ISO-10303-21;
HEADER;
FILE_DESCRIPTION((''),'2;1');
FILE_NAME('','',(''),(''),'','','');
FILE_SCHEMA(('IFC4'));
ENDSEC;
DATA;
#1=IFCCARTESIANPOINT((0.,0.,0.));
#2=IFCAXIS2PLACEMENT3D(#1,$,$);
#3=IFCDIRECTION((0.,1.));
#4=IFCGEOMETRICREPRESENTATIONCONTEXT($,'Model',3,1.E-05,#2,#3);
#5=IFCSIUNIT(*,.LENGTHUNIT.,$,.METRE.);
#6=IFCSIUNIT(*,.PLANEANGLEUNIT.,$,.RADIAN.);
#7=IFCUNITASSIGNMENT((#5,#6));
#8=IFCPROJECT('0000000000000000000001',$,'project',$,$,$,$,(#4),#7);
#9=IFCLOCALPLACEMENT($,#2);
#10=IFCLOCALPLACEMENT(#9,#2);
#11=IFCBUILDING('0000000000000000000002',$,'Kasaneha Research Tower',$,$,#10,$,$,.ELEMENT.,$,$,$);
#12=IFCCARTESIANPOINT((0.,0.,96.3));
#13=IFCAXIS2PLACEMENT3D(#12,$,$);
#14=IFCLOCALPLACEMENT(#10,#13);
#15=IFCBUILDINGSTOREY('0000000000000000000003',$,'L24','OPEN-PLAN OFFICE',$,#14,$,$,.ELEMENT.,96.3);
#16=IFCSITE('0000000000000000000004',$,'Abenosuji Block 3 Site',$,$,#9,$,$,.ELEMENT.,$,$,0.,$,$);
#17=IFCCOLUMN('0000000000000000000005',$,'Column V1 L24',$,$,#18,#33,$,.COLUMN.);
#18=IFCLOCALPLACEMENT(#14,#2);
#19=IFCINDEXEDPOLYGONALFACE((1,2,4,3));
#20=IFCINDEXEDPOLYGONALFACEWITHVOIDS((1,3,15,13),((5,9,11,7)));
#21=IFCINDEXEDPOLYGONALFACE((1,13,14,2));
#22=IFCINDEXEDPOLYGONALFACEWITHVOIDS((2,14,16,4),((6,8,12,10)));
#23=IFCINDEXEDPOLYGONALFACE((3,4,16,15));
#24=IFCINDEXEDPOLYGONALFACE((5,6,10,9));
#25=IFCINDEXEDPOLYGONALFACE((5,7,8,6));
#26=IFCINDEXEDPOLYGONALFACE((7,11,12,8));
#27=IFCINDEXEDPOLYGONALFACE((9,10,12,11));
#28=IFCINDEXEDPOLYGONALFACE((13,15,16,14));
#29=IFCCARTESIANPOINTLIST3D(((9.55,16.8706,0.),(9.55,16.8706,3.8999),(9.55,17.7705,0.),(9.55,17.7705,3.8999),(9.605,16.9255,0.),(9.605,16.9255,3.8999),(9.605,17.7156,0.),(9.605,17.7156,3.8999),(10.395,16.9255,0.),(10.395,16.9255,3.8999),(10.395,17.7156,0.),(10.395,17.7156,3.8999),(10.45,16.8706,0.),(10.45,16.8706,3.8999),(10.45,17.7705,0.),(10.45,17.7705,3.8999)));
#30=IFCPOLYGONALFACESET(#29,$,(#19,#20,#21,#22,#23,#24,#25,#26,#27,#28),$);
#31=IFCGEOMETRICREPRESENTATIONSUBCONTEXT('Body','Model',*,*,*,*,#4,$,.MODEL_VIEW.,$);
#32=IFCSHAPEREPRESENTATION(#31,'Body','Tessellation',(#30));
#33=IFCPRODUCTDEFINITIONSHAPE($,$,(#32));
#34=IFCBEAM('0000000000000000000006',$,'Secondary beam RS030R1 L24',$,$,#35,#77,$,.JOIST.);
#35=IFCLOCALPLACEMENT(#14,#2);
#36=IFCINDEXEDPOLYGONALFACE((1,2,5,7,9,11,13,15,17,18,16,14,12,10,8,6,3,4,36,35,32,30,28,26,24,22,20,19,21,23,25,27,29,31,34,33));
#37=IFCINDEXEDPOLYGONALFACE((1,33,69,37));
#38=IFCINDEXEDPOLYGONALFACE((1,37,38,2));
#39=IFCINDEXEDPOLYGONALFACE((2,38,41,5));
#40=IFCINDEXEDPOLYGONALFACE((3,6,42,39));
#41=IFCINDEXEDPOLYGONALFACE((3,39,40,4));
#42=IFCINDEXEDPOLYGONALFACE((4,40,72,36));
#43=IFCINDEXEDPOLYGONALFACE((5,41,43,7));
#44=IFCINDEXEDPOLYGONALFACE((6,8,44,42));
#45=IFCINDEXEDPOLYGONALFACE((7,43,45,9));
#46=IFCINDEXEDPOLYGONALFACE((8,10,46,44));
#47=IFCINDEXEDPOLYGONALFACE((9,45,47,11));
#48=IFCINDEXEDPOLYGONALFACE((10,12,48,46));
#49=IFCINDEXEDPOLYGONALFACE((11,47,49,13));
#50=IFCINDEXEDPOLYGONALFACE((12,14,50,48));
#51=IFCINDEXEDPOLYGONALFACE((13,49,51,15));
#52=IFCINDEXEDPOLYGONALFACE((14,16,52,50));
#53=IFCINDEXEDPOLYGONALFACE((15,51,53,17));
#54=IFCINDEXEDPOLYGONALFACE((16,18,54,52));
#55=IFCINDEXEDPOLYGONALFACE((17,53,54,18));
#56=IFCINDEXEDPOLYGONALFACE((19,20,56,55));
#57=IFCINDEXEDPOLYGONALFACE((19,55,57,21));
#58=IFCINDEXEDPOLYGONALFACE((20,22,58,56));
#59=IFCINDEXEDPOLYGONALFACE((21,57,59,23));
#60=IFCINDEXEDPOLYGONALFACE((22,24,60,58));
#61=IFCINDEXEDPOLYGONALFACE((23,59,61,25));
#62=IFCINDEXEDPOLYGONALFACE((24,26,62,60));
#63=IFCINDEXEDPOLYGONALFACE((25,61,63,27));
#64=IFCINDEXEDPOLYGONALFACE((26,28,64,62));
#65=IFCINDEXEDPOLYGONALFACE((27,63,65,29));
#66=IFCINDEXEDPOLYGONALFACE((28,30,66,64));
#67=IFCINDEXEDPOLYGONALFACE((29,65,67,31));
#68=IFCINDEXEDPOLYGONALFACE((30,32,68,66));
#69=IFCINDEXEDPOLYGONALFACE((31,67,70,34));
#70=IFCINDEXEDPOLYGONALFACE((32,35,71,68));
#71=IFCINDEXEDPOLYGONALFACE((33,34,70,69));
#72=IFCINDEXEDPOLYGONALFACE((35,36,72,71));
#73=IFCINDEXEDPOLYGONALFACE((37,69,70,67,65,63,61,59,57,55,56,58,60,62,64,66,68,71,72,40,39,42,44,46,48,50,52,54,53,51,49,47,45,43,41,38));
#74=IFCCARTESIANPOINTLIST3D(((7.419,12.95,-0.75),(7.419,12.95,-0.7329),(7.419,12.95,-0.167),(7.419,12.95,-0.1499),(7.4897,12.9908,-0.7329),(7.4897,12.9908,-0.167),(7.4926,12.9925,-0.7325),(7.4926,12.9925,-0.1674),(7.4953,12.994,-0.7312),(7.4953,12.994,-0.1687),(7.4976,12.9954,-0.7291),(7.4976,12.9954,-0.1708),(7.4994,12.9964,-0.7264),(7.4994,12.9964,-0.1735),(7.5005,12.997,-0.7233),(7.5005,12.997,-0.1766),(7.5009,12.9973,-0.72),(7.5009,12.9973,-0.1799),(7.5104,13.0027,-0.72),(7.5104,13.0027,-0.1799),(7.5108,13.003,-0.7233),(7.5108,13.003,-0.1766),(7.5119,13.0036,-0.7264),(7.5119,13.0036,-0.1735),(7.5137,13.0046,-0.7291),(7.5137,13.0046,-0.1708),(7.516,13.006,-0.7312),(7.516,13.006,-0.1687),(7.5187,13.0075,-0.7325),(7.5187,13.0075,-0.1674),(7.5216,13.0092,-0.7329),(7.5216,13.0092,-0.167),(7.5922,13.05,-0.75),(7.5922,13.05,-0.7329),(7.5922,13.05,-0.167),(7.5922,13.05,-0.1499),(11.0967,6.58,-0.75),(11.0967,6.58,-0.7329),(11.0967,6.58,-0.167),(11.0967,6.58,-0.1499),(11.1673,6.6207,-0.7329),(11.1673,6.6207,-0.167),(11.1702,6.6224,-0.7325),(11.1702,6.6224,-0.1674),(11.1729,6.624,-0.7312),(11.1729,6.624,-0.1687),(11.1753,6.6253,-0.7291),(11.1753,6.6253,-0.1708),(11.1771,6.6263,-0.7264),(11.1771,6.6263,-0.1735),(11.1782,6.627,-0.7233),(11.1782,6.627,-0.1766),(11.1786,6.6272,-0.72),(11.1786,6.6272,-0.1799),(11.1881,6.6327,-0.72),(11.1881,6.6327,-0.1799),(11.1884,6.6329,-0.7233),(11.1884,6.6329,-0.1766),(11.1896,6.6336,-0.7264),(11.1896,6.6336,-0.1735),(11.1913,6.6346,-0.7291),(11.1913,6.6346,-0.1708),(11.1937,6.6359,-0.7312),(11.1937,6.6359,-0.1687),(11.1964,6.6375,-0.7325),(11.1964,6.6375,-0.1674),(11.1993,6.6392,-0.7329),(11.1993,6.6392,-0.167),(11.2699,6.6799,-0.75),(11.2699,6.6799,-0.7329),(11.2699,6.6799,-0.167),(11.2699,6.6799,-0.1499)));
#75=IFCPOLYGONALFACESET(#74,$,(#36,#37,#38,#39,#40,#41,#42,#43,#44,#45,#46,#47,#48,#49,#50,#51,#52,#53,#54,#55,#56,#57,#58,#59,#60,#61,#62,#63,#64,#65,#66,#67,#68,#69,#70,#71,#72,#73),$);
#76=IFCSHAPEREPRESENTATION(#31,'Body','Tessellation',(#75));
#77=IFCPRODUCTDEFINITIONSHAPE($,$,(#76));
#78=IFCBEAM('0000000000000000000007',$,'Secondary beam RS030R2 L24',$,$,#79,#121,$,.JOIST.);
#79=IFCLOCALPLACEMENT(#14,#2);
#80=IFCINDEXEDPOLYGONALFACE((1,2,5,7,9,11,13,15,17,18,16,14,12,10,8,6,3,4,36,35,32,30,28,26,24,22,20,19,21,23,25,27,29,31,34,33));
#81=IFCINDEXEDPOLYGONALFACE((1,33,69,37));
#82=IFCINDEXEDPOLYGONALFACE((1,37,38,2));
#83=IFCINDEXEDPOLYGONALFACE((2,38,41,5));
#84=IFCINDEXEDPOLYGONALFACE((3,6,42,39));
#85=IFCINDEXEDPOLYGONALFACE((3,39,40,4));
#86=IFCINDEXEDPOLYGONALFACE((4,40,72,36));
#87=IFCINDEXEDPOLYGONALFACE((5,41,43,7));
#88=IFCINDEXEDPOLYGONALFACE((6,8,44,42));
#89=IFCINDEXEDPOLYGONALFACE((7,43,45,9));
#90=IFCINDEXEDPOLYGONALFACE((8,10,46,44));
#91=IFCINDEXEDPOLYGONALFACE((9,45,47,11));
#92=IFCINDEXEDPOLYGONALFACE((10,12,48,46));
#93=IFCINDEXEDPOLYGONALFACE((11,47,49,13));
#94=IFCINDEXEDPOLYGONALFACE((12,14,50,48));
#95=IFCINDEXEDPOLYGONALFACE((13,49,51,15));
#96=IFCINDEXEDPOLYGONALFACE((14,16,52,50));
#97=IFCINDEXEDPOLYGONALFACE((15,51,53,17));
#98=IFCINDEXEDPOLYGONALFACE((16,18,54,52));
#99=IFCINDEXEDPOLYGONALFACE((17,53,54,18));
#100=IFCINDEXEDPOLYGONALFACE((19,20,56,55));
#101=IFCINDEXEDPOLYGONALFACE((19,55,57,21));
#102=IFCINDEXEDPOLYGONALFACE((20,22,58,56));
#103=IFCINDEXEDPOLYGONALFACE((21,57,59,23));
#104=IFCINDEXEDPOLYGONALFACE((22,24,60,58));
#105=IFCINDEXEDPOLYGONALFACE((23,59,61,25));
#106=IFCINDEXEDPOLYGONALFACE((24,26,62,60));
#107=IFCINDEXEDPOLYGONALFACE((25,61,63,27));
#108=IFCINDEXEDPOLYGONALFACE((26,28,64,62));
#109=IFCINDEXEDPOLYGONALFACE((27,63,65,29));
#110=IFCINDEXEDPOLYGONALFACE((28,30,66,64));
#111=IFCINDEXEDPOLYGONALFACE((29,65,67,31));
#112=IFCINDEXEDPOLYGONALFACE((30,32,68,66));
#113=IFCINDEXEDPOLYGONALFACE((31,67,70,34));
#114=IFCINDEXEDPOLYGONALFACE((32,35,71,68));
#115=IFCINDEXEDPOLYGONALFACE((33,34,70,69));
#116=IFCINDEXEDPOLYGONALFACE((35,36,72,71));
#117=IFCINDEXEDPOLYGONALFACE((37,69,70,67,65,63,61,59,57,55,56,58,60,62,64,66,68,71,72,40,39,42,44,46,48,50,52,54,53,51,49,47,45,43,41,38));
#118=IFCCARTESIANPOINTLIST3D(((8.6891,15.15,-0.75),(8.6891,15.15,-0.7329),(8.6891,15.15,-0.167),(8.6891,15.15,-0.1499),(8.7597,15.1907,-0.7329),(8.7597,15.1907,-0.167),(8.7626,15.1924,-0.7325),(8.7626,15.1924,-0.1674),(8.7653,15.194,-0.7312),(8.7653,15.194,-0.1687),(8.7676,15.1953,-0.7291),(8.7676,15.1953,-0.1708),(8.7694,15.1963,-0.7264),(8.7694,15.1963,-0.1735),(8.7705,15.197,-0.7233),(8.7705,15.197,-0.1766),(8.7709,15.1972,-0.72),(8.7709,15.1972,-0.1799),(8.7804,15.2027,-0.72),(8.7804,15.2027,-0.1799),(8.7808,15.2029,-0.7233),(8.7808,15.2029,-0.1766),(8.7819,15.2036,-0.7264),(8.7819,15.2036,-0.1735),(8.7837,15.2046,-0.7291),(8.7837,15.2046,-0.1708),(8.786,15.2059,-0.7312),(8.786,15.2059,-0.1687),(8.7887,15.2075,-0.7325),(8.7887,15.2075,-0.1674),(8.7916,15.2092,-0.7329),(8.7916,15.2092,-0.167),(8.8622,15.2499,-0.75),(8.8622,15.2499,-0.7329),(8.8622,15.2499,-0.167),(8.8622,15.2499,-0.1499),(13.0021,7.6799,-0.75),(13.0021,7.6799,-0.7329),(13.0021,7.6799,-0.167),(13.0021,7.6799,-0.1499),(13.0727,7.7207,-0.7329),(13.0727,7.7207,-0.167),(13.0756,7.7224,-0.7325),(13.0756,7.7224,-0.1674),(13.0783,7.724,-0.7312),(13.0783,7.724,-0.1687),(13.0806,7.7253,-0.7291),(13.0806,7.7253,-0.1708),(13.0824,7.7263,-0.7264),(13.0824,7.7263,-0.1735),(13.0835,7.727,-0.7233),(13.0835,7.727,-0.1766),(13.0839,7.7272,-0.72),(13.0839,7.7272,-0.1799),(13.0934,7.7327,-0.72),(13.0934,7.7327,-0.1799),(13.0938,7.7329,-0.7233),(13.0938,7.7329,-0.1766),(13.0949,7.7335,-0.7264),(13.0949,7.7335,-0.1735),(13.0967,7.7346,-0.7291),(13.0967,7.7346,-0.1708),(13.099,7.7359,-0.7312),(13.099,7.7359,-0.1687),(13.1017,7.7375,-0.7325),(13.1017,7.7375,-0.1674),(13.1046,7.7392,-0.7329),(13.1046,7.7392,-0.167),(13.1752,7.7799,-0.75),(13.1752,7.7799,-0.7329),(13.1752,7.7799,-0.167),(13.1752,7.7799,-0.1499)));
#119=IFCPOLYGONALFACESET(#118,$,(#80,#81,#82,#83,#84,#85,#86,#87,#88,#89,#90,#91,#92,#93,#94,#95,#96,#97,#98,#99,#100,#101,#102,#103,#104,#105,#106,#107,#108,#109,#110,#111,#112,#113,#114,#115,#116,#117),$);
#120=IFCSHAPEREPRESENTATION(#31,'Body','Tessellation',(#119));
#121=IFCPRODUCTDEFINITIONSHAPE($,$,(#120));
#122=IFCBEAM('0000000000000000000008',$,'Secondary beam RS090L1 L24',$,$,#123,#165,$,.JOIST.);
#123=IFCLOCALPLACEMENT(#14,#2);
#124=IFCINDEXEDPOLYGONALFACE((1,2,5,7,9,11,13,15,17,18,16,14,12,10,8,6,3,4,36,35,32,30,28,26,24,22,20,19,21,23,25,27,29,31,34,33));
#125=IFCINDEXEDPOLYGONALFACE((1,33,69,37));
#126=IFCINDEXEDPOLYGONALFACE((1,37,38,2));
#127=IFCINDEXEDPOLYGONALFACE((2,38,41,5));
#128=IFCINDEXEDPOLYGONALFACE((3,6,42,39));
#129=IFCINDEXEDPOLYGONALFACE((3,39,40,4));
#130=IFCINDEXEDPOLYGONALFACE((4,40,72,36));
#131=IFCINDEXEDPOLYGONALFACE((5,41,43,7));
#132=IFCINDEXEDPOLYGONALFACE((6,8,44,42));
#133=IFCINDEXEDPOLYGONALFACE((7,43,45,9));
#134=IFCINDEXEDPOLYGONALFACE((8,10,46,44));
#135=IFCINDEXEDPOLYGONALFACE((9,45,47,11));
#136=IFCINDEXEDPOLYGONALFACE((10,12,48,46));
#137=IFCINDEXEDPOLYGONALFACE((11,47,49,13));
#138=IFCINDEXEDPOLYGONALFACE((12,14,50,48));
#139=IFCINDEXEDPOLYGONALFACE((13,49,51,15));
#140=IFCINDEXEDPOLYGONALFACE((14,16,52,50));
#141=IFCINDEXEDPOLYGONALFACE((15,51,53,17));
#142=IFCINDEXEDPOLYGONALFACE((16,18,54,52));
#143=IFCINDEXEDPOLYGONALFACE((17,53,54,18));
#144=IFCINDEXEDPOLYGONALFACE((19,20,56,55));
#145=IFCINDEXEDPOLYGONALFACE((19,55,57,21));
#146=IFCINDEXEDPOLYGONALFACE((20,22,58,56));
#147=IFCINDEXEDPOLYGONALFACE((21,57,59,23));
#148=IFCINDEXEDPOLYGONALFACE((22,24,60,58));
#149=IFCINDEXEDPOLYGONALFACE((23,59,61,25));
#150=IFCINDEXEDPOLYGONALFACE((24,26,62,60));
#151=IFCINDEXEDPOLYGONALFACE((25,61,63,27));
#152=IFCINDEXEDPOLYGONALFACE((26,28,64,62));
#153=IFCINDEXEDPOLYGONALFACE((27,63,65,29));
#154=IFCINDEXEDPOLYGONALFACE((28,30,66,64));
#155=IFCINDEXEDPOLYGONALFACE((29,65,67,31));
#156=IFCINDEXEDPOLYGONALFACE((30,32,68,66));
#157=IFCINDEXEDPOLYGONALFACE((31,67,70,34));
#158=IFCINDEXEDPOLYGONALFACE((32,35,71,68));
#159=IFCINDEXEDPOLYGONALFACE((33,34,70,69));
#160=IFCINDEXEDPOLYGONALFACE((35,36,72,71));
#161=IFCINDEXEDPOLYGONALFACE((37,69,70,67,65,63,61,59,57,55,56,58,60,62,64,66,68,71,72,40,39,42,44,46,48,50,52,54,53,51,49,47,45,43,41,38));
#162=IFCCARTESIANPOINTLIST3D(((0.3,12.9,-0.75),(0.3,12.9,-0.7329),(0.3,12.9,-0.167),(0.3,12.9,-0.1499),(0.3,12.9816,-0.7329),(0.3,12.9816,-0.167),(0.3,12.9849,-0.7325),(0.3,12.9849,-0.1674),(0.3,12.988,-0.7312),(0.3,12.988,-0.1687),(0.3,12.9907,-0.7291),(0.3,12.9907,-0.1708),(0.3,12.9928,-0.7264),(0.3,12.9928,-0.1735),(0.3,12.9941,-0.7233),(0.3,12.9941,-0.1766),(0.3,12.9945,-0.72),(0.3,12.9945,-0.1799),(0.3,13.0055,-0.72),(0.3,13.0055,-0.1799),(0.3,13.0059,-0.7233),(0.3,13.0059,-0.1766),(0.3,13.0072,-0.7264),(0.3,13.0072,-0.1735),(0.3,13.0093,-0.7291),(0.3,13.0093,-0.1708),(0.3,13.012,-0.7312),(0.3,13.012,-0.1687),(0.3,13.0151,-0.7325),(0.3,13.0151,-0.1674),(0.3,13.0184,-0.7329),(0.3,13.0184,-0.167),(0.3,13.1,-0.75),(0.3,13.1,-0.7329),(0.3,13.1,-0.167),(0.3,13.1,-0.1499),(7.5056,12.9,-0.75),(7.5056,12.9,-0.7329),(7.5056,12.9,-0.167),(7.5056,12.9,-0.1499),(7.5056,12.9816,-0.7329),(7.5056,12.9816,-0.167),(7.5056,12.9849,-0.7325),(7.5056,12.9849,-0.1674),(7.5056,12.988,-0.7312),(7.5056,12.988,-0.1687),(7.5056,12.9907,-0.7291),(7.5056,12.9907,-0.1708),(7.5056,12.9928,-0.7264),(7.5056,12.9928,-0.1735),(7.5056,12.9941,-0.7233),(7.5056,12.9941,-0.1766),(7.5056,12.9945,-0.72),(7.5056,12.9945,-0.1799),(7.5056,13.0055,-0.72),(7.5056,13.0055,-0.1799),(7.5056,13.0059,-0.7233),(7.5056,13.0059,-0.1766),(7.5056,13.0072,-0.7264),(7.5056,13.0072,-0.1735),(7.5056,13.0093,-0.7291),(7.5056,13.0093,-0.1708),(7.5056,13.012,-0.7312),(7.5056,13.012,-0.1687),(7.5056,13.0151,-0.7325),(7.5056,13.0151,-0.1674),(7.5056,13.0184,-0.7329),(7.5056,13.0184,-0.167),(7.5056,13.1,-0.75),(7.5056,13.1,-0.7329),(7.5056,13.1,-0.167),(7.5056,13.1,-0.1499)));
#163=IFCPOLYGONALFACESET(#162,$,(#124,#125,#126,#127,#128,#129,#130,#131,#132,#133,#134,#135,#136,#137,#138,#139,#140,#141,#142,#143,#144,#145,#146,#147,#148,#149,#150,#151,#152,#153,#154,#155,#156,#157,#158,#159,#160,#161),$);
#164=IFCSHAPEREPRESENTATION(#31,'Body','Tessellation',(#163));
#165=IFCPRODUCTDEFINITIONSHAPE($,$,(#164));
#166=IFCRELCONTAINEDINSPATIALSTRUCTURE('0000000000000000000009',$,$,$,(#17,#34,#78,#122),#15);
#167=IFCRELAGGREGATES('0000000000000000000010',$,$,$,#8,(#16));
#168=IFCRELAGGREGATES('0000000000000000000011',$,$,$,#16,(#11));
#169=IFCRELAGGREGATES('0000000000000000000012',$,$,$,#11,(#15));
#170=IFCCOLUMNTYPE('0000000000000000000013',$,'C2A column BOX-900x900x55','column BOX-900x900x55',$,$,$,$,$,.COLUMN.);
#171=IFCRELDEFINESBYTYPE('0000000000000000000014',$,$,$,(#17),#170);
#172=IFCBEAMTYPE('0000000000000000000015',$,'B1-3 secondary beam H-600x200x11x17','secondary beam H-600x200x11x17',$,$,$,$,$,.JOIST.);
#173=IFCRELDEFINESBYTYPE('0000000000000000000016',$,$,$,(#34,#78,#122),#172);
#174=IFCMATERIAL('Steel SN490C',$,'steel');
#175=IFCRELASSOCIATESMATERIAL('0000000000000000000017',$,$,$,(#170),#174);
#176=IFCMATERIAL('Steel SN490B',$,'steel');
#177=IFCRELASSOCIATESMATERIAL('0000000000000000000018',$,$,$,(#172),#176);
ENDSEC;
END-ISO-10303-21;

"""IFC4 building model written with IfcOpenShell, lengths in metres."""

from ifc_helpers import new_model, si_unit, direction, frame, origin, origin_2d, place, context, subcontext, project, spatial, hollow_rectangle, i_section, extrude, material, material_profile, profile_set, type_object, element, save


model = new_model("IFC4")

# Units and contexts
model_context = context("Model", 3, precision=1e-05, world=origin(), true_north=direction((0.0, 1.0)))
body_context = subcontext(model_context, "Body", "Model", "MODEL_VIEW")
ifc_project = project(units=[si_unit("LENGTHUNIT", "METRE"), si_unit("PLANEANGLEUNIT", "RADIAN")], contexts=[model_context])

# Site, building, storey
site_placement = place(None, origin())
site = spatial("IfcSite", under=ifc_project, at=site_placement, Name="Abenosuji Block 3 Site", CompositionType="ELEMENT", RefElevation=0.0)
building_placement = place(site_placement, origin())
building = spatial("IfcBuilding", under=site, at=building_placement, Name="Kasaneha Research Tower", CompositionType="ELEMENT")
storey_placement = place(building_placement, frame((0.0, 0.0, 96.3)))
storey = spatial("IfcBuildingStorey", under=building, at=storey_placement, Name="L24", Description="OPEN-PLAN OFFICE", CompositionType="ELEMENT", Elevation=96.3)

# Column
ifc_material_1 = material(Name="Steel SN490C", Category="steel")
ifc_material_profile_1 = material_profile(ifc_material_1, hollow_rectangle(XDim=0.8999, YDim=0.8999, WallThickness=0.0549, at=origin_2d()), Name="BOX-900x900x55")
ifc_profile_set_1 = profile_set([ifc_material_profile_1], Name="Steel SN490C")
column_type = type_object("IfcColumnType", Name="C2A column BOX-900x900x55", Description="column BOX-900x900x55", PredefinedType="COLUMN", material=ifc_profile_set_1)
column_placement = place(storey_placement, frame((10.0, 17.3206, 0.0), z_axis=(0.0, 0.0, 1.0), x_axis=(1.0, 0.0, 0.0)))
element("IfcColumn", 1, at=column_placement, inside=storey, type_object=column_type, Name="Column V1 L24", PredefinedType="COLUMN", context=body_context, shape_type="SweptSolid", body=[
    extrude(hollow_rectangle(XDim=0.8999, YDim=0.8999, WallThickness=0.0549, at=origin_2d()), origin(), (0.0, 0.0, 1.0), 3.8999),
])

# Beams
ifc_material_2 = material(Name="Steel SN490B", Category="steel")
ifc_material_profile_2 = material_profile(ifc_material_2, i_section(OverallWidth=0.2, OverallDepth=0.6001, WebThickness=0.011, FlangeThickness=0.0171, FilletRadius=0.0129, at=origin_2d()), Name="H-600x200x11x17")
ifc_profile_set_2 = profile_set([ifc_material_profile_2], Name="Steel SN490B")
beam_type_1 = type_object("IfcBeamType", Name="B1-3 secondary beam H-600x200x11x17", Description="secondary beam H-600x200x11x17", PredefinedType="JOIST", material=ifc_profile_set_2)
beam_1_placement = place(storey_placement, frame((7.5056, 13.0, -0.45), z_axis=(0.499994, -0.866029, 0.0), x_axis=(0.866029, 0.499994, 0.0)))
element("IfcBeam", 2, at=beam_1_placement, inside=storey, type_object=beam_type_1, Name="Secondary beam RS030R1 L24", PredefinedType="JOIST", context=body_context, shape_type="SweptSolid", body=[
    extrude(i_section(OverallWidth=0.2, OverallDepth=0.6001, WebThickness=0.011, FlangeThickness=0.0171, FilletRadius=0.0129, at=origin_2d()), origin(), (0.0, 0.0, 1.0), 7.3555),
])
beam_2_placement = place(storey_placement, frame((8.7756, 15.2, -0.45), z_axis=(0.500017, -0.866015, 0.0), x_axis=(0.866015, 0.500017, 0.0)))
element("IfcBeam", 3, at=beam_2_placement, inside=storey, type_object=beam_type_1, Name="Secondary beam RS030R2 L24", PredefinedType="JOIST", context=body_context, shape_type="SweptSolid", body=[
    extrude(i_section(OverallWidth=0.2, OverallDepth=0.6001, WebThickness=0.011, FlangeThickness=0.0171, FilletRadius=0.0129, at=origin_2d()), origin(), (0.0, 0.0, 1.0), 8.6257),
])
beam_3_placement = place(storey_placement, frame((7.5056, 13.0, -0.45), z_axis=(-1.0, 0.0, 0.0), x_axis=(0.0, -1.0, 0.0)))
element("IfcBeam", 4, at=beam_3_placement, inside=storey, type_object=beam_type_1, Name="Secondary beam RS090L1 L24", PredefinedType="JOIST", context=body_context, shape_type="SweptSolid", body=[
    extrude(i_section(OverallWidth=0.2, OverallDepth=0.6001, WebThickness=0.011, FlangeThickness=0.0171, FilletRadius=0.0129, at=origin_2d()), origin(), (0.0, 0.0, 1.0), 7.2056),
])

save(model, "model.ifc")
